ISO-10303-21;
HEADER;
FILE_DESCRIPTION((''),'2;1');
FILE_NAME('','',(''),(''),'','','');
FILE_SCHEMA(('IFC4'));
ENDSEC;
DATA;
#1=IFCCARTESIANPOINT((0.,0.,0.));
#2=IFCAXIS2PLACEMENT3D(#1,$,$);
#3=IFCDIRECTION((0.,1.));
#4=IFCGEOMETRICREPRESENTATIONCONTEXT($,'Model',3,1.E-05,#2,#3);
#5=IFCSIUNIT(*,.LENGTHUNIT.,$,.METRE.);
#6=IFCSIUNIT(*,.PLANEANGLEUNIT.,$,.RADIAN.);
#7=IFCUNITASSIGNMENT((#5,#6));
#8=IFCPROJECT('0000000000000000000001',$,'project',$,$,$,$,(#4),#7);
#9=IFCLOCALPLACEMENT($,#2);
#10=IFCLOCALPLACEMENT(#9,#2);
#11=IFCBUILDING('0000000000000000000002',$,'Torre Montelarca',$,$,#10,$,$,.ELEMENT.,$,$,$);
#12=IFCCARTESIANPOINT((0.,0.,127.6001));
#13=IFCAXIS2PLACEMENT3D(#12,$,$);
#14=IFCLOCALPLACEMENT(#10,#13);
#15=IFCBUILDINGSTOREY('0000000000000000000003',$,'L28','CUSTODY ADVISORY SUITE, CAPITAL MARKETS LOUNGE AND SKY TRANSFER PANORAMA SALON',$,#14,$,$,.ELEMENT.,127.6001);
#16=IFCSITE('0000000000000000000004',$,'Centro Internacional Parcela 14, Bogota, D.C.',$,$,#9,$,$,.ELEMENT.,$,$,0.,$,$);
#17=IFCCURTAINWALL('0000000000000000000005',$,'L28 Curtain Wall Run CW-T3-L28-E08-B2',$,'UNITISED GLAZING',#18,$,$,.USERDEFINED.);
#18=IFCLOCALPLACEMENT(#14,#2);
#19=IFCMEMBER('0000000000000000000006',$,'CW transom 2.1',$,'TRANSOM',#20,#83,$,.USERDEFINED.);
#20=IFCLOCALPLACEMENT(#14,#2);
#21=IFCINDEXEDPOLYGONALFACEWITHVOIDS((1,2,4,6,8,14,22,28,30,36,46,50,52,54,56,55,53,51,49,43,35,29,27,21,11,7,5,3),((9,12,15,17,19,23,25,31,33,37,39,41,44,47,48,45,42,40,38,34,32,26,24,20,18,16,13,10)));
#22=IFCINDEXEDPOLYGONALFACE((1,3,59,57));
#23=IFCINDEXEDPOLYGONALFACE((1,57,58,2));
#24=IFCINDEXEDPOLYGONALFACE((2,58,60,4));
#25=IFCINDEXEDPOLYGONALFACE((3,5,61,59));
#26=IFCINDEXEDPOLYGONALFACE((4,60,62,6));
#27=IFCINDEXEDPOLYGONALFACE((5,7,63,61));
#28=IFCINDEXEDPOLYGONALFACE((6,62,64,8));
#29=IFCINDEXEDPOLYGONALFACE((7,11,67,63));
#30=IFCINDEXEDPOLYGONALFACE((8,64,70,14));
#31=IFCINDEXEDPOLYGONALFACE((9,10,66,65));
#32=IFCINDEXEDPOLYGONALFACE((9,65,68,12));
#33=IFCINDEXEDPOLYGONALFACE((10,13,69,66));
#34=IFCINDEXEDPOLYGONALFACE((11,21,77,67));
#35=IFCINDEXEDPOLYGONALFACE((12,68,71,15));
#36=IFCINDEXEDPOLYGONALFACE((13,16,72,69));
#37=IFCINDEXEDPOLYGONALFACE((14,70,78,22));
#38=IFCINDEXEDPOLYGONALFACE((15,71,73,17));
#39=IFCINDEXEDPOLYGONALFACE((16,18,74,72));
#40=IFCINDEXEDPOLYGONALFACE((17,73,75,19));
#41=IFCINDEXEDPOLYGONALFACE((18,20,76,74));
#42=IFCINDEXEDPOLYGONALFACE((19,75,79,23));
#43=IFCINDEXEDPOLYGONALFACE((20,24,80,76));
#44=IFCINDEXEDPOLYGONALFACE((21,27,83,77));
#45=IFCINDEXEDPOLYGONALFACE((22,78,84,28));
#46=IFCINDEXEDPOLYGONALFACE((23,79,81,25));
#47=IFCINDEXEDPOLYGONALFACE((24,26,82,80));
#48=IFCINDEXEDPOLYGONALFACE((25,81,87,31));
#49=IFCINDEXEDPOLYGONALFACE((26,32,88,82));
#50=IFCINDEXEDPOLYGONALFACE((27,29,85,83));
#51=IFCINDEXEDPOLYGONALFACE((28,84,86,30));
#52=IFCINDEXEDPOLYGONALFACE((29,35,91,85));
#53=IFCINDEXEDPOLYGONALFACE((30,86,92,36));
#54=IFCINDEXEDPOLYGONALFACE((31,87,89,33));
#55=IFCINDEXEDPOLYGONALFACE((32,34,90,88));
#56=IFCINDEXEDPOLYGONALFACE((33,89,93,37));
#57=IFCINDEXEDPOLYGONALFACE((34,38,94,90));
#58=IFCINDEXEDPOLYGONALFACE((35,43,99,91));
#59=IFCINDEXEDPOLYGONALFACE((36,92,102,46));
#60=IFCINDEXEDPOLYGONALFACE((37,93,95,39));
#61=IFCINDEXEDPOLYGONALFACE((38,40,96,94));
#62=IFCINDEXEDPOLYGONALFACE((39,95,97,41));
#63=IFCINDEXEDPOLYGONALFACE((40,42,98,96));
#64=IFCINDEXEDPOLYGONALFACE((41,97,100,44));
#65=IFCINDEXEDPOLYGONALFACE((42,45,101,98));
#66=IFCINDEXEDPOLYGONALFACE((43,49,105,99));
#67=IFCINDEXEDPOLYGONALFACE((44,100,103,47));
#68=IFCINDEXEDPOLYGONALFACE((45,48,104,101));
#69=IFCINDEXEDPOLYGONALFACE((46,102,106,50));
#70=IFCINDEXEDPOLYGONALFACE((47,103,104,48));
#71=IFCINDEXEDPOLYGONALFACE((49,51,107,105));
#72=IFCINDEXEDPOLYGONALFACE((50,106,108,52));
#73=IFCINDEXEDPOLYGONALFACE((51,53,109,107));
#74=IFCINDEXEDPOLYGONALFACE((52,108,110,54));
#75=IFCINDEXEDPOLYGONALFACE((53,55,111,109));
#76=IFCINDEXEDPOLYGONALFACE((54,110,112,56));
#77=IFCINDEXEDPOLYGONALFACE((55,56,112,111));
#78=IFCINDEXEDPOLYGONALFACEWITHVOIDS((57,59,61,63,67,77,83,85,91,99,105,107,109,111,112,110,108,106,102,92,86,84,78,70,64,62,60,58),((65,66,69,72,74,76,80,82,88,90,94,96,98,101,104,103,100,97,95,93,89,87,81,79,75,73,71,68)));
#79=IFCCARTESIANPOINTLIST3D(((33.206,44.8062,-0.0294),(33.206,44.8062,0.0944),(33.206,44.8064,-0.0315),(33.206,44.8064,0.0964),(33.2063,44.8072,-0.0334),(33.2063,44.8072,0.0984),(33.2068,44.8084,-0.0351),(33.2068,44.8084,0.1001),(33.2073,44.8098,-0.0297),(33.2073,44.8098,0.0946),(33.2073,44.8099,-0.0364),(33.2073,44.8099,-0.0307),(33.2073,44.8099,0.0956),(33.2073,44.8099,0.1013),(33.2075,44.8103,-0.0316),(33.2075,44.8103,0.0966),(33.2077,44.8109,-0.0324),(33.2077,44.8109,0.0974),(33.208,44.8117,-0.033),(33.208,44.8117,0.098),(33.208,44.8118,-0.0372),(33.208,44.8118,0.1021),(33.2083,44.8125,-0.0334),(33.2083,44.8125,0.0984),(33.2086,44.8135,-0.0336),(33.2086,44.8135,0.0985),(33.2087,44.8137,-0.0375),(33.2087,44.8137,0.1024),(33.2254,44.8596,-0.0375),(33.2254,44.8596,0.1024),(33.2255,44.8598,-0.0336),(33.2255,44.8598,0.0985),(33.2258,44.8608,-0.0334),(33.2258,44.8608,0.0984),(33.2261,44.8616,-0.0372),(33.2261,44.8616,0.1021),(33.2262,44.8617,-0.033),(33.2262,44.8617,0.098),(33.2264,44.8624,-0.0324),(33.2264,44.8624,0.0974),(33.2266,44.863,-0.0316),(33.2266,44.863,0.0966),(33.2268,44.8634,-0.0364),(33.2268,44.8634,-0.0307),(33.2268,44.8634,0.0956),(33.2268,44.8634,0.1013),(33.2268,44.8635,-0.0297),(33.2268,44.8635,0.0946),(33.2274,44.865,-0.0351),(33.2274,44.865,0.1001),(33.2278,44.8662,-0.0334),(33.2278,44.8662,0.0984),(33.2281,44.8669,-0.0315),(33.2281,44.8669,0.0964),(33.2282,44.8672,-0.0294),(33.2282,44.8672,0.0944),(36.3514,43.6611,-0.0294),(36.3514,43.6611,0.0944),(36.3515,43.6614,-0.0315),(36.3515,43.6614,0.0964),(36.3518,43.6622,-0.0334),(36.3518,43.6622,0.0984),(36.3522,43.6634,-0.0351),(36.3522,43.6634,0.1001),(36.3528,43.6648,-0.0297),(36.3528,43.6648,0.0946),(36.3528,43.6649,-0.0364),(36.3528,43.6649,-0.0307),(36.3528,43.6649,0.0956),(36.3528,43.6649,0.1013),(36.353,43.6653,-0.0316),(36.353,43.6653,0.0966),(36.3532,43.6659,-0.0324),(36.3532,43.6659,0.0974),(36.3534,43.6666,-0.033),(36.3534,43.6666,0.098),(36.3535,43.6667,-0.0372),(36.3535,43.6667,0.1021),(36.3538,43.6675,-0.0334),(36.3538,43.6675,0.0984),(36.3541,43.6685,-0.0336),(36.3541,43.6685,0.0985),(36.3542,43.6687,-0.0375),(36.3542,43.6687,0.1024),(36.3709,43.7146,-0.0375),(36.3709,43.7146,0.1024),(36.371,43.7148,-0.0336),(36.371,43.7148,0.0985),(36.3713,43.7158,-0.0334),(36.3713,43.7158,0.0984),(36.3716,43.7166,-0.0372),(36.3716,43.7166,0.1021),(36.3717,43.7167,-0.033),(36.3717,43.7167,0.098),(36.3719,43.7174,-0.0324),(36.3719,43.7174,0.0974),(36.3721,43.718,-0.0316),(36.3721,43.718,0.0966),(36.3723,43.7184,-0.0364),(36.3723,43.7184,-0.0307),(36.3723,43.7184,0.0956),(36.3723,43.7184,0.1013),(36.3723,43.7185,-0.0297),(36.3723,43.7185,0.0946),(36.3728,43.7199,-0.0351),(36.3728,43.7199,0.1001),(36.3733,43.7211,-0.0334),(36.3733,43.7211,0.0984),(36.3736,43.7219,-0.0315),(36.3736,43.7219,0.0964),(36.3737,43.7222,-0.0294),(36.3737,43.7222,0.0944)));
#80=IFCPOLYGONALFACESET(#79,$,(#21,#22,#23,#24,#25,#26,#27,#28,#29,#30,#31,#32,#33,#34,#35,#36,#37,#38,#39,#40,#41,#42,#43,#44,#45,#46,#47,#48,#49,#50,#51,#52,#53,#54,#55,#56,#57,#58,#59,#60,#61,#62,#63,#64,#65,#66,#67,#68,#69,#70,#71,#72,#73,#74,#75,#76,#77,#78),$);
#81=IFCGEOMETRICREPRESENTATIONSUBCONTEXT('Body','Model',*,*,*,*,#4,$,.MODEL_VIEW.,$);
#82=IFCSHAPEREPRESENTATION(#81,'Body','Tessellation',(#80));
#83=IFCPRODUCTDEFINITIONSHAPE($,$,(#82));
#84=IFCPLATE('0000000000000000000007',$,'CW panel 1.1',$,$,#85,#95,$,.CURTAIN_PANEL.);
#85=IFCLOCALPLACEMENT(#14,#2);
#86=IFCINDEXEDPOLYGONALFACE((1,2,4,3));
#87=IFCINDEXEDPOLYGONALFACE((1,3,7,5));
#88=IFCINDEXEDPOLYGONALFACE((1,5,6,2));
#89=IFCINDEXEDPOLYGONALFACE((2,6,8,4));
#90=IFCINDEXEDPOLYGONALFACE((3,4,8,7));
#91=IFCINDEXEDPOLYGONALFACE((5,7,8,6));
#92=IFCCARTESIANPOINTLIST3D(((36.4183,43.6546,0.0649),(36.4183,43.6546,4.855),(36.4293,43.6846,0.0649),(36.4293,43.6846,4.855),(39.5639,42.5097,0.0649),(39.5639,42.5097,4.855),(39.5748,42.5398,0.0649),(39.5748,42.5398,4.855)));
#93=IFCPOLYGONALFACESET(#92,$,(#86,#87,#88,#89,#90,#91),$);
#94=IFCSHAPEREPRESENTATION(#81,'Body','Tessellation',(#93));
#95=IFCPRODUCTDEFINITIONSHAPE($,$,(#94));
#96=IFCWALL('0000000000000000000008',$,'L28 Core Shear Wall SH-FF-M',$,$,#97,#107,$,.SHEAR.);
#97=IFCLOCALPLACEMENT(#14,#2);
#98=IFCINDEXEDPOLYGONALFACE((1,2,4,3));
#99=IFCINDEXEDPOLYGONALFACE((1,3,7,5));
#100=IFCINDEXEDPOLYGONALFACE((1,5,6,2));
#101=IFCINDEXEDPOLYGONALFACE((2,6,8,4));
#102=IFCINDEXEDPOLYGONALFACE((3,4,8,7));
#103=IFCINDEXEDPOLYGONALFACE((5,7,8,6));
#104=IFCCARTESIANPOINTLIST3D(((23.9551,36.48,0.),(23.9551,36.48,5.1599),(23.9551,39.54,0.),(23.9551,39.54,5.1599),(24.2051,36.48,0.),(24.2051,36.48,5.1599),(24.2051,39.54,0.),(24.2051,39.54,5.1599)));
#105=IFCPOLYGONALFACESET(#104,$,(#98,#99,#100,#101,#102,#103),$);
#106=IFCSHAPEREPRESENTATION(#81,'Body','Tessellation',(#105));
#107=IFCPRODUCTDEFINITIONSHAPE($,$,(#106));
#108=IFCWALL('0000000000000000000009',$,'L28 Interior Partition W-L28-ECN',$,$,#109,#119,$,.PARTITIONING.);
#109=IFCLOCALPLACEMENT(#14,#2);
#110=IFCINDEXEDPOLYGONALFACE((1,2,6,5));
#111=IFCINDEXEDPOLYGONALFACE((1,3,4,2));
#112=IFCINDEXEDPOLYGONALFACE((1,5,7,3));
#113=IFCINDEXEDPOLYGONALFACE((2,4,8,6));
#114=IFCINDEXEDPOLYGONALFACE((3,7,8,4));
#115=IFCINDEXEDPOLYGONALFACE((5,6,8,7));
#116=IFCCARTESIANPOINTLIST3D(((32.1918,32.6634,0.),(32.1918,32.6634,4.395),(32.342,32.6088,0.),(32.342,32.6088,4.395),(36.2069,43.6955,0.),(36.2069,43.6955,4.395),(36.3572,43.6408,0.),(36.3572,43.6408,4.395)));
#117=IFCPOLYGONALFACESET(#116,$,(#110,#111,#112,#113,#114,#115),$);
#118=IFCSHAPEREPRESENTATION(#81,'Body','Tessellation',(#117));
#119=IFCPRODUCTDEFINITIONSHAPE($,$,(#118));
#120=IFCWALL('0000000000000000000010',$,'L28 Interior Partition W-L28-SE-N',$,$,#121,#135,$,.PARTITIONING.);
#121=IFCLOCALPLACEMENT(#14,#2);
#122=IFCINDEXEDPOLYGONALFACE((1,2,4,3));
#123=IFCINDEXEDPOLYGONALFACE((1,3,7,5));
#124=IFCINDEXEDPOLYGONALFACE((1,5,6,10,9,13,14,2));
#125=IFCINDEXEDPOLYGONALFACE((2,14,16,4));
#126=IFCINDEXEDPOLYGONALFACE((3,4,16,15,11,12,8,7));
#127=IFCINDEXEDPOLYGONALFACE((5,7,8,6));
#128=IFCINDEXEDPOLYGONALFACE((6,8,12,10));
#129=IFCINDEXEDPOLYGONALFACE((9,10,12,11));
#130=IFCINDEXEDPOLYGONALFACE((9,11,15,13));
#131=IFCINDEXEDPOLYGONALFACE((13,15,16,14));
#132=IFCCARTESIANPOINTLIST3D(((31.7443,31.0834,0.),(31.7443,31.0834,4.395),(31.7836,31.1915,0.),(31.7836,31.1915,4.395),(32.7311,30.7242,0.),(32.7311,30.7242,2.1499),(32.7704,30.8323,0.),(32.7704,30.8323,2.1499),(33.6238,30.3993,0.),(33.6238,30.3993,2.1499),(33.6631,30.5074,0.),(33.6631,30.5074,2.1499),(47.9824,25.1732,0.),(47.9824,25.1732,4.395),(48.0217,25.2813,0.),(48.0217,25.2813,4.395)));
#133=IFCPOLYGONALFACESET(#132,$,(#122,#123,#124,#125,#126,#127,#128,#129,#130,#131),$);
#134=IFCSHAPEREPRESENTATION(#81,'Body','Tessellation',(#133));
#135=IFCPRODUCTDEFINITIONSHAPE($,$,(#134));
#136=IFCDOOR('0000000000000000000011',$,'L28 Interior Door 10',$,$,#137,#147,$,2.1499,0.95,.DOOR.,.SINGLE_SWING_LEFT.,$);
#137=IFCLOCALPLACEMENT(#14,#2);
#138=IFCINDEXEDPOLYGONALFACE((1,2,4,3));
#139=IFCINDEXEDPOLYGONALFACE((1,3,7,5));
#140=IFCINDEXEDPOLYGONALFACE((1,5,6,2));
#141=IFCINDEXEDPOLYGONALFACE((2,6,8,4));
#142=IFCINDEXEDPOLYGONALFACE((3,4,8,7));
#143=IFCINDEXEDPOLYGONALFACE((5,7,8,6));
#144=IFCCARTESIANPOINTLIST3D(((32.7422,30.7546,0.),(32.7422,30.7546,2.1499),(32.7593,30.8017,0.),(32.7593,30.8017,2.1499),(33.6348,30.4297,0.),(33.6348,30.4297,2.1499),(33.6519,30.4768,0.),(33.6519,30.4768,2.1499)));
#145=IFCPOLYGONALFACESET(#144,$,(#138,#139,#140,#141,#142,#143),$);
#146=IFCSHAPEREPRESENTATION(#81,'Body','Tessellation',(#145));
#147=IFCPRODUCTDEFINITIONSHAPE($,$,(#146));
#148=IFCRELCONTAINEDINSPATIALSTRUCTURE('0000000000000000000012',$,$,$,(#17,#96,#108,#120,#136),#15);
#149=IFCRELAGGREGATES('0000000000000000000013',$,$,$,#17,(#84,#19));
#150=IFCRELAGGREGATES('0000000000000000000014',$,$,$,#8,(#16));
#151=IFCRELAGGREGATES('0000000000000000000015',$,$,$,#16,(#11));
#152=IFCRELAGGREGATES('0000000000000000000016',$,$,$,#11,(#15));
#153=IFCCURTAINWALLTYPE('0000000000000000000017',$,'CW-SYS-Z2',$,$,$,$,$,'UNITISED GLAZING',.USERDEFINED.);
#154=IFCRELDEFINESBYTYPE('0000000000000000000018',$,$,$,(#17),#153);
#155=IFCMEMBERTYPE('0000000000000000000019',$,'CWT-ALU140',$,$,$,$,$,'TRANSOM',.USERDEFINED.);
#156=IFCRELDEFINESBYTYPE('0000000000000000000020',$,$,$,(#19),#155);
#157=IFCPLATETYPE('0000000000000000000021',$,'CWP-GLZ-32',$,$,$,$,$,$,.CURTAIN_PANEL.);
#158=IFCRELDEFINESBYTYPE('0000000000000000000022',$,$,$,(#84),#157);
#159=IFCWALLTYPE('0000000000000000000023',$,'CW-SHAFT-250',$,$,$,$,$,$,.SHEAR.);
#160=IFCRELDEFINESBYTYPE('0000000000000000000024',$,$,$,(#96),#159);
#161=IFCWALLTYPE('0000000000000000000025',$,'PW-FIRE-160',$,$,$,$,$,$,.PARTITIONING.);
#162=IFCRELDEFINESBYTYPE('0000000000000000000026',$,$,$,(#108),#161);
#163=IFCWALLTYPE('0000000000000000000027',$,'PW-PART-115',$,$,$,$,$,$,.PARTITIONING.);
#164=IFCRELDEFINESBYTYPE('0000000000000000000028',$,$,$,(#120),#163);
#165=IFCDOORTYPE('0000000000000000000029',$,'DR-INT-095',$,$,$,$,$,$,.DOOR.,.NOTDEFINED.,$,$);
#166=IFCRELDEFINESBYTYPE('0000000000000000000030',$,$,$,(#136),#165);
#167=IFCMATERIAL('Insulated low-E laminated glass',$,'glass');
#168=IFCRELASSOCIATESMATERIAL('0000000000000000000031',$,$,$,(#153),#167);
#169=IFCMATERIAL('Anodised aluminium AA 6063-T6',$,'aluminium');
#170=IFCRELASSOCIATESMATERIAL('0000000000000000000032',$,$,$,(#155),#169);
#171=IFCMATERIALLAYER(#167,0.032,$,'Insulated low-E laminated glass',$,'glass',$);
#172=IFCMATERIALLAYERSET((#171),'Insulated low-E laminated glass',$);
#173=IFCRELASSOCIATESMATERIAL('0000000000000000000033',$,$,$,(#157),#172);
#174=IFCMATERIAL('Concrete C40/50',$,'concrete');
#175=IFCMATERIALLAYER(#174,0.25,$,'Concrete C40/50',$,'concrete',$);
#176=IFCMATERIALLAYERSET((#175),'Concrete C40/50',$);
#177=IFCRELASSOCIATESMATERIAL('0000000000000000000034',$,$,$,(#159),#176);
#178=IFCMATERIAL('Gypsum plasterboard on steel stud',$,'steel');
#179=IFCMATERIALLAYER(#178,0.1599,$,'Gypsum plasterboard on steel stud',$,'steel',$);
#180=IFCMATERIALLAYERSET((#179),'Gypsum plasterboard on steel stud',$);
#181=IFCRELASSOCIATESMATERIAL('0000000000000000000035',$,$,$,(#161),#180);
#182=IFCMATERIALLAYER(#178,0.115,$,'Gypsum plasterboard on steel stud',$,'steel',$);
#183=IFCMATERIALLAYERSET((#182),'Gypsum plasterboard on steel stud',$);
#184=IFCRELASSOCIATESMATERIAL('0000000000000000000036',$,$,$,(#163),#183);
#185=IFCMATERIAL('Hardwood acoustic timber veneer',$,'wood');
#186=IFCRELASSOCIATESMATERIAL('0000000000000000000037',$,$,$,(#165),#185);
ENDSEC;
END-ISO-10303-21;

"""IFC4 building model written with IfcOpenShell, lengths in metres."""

from ifc_helpers import new_model, si_unit, direction, frame, frame_2d, origin, origin_2d, place, context, subcontext, project, spatial, rectangle, hollow_rectangle, extrude, source, transform, mapped, material, layer, layer_set, material_profile, profile_set, type_object, element, fill, aggregate, save


model = new_model("IFC4")

# Units and contexts
model_context = context("Model", 3, precision=1e-05, world=origin(), true_north=direction((0.0, 1.0)))
body_context = subcontext(model_context, "Body", "Model", "MODEL_VIEW")
ifc_project = project(units=[si_unit("LENGTHUNIT", "METRE"), si_unit("PLANEANGLEUNIT", "RADIAN")], contexts=[model_context])

# Site, building, storey
site_placement = place(None, origin())
site = spatial("IfcSite", under=ifc_project, at=site_placement, Name="Centro Internacional Parcela 14, Bogota, D.C.", CompositionType="ELEMENT", RefElevation=0.0)
building_placement = place(site_placement, origin())
building = spatial("IfcBuilding", under=site, at=building_placement, Name="Torre Montelarca", CompositionType="ELEMENT")
storey_placement = place(building_placement, frame((0.0, 0.0, 127.6001)))
storey = spatial("IfcBuildingStorey", under=building, at=storey_placement, Name="L28", Description="CUSTODY ADVISORY SUITE, CAPITAL MARKETS LOUNGE AND SKY TRANSFER PANORAMA SALON", CompositionType="ELEMENT", Elevation=127.6001)

# Curtain wall, member, plate
ifc_material_1 = material(Name="Insulated low-E laminated glass", Category="glass")
curtain_wall_type = type_object("IfcCurtainWallType", Name="CW-SYS-Z2", ElementType="UNITISED GLAZING", PredefinedType="USERDEFINED", material=ifc_material_1)
curtain_wall_placement = place(storey_placement, origin())
curtain_wall = element("IfcCurtainWall", 1, at=curtain_wall_placement, inside=storey, type_object=curtain_wall_type, Name="L28 Curtain Wall Run CW-T3-L28-E08-B2", ObjectType="UNITISED GLAZING", PredefinedType="USERDEFINED")
ifc_material_2 = material(Name="Anodised aluminium AA 6063-T6", Category="aluminium")
ifc_material_profile_1 = material_profile(ifc_material_2, hollow_rectangle(XDim=0.0649, YDim=0.1399, WallThickness=0.0039, InnerFilletRadius=0.0039, OuterFilletRadius=0.0081, at=origin_2d()), Name="ALU65X140X4", Category="aluminium")
ifc_profile_set_1 = profile_set([ifc_material_profile_1], Name="Anodised aluminium AA 6063-T6")
member_type_1 = type_object("IfcMemberType", Name="CWT-ALU140", ElementType="TRANSOM", PredefinedType="USERDEFINED", material=ifc_profile_set_1)
shared_shape_1 = source(origin(), body_context, "Body", "SweptSolid", [
    extrude(hollow_rectangle(XDim=0.0649, YDim=0.1399, WallThickness=0.0039, InnerFilletRadius=0.0039, OuterFilletRadius=0.0081, at=origin_2d()), origin(), (0.0, 0.0, 1.0), 3.3474),
])
member_1_placement = place(storey_placement, frame((36.3625, 43.6917, 0.0325), z_axis=(-0.939678, 0.342059, 0.0), x_axis=(-0.342059, -0.939678, 0.0)))
member_1 = element("IfcMember", 2, at=member_1_placement, type_object=member_type_1, Name="CW transom 2.1", ObjectType="TRANSOM", PredefinedType="USERDEFINED", context=body_context, shape_type="MappedRepresentation", body=[
    mapped(shared_shape_1, transform((0.0, 0.0, 0.0), scale=1.0)),
])
ifc_layer_1 = layer(ifc_material_1, 0.032, Name="Insulated low-E laminated glass", Category="glass")
ifc_layer_set_1 = layer_set([ifc_layer_1], Name="Insulated low-E laminated glass")
plate_type = type_object("IfcPlateType", Name="CWP-GLZ-32", PredefinedType="CURTAIN_PANEL", material=ifc_layer_set_1)
shared_shape_2 = source(origin(), body_context, "Body", "SweptSolid", [
    extrude(rectangle(XDim=3.3474, YDim=0.032, at=origin_2d()), origin(), (0.0, 0.0, 1.0), 4.79),
])
plate_placement = place(storey_placement, frame((37.9966, 43.0972, 0.0649), z_axis=(0.0, 0.0, 1.0), x_axis=(-0.939694, 0.342017, 0.0)))
plate = element("IfcPlate", 3, at=plate_placement, type_object=plate_type, Name="CW panel 1.1", PredefinedType="CURTAIN_PANEL", context=body_context, shape_type="MappedRepresentation", body=[
    mapped(shared_shape_2, transform((0.0, 0.0, 0.0), scale=1.0)),
])
aggregate(curtain_wall, [plate, member_1])

# Walls
ifc_material_3 = material(Name="Concrete C40/50", Category="concrete")
ifc_layer_2 = layer(ifc_material_3, 0.25, Name="Concrete C40/50", Category="concrete")
ifc_layer_set_2 = layer_set([ifc_layer_2], Name="Concrete C40/50")
wall_type_1 = type_object("IfcWallType", Name="CW-SHAFT-250", PredefinedType="SHEAR", material=ifc_layer_set_2)
wall_1_placement = place(storey_placement, frame((24.0801, 36.48, 0.0), z_axis=(0.0, 0.0, 1.0), x_axis=(0.0, 1.0, 0.0)))
element("IfcWall", 4, at=wall_1_placement, inside=storey, type_object=wall_type_1, Name="L28 Core Shear Wall SH-FF-M", PredefinedType="SHEAR", context=body_context, shape_type="SweptSolid", body=[
    extrude(rectangle(XDim=3.0601, YDim=0.25, at=frame_2d((1.53, 0.0))), origin(), (0.0, 0.0, 1.0), 5.1599),
])
ifc_material_4 = material(Name="Gypsum plasterboard on steel stud", Category="steel")
ifc_layer_3 = layer(ifc_material_4, 0.1599, Name="Gypsum plasterboard on steel stud", Category="steel")
ifc_layer_set_3 = layer_set([ifc_layer_3], Name="Gypsum plasterboard on steel stud")
wall_type_2 = type_object("IfcWallType", Name="PW-FIRE-160", PredefinedType="PARTITIONING", material=ifc_layer_set_3)
wall_2_placement = place(storey_placement, frame((32.2668, 32.636, 0.0), z_axis=(0.0, 0.0, 1.0), x_axis=(0.342007, 0.939697, 0.0)))
element("IfcWall", 5, at=wall_2_placement, inside=storey, type_object=wall_type_2, Name="L28 Interior Partition W-L28-ECN", PredefinedType="PARTITIONING", context=body_context, shape_type="SweptSolid", body=[
    extrude(rectangle(XDim=11.74, YDim=0.1599, at=frame_2d((5.8701, 0.0))), origin(), (0.0, 0.0, 1.0), 4.395),
])

# Wall, opening, door
ifc_layer_4 = layer(ifc_material_4, 0.115, Name="Gypsum plasterboard on steel stud", Category="steel")
ifc_layer_set_4 = layer_set([ifc_layer_4], Name="Gypsum plasterboard on steel stud")
wall_type_3 = type_object("IfcWallType", Name="PW-PART-115", PredefinedType="PARTITIONING", material=ifc_layer_set_4)
wall_3_placement = place(storey_placement, frame((31.7639, 31.1375, 0.0), z_axis=(0.0, 0.0, 1.0), x_axis=(0.939693, -0.34202, 0.0)))
wall_3 = element("IfcWall", 6, at=wall_3_placement, inside=storey, type_object=wall_type_3, Name="L28 Interior Partition W-L28-SE-N", PredefinedType="PARTITIONING", context=body_context, shape_type="SweptSolid", body=[
    extrude(rectangle(XDim=17.2803, YDim=0.115, at=frame_2d((8.6401, 0.0))), origin(), (0.0, 0.0, 1.0), 4.395),
])
opening_1_placement = place(wall_3_placement, frame((1.05, 0.0, 0.0)))
opening_1 = element("IfcOpeningElement", 7, at=opening_1_placement, cuts=wall_3, PredefinedType="OPENING", context=body_context, shape_type="SweptSolid", body=[
    extrude(rectangle(XDim=0.95, YDim=2.1499, at=frame_2d((0.4751, 1.075))), frame((0.0, 0.0674, 0.0), z_axis=(0.0, -1.0, 0.0), x_axis=(1.0, 0.0, 0.0)), (0.0, 0.0, 1.0), 0.135),
])
ifc_material_5 = material(Name="Hardwood acoustic timber veneer", Category="wood")
door_type = type_object("IfcDoorType", Name="DR-INT-095", OperationType="NOTDEFINED", PredefinedType="DOOR", material=ifc_material_5)
shared_shape_3 = source(origin(), body_context, "Body", "SweptSolid", [
    extrude(rectangle(XDim=0.95, YDim=2.1499, at=frame_2d((0.4751, 1.075))), frame((0.0, 0.0249, 0.0), z_axis=(0.0, -1.0, 0.0), x_axis=(1.0, 0.0, 0.0)), (0.0, 0.0, 1.0), 0.05),
])
door_1_placement = place(opening_1_placement, origin())
door_1 = element("IfcDoor", 8, at=door_1_placement, inside=storey, type_object=door_type, Name="L28 Interior Door 10", OperationType="SINGLE_SWING_LEFT", OverallHeight=2.1499, OverallWidth=0.95, PredefinedType="DOOR", context=body_context, shape_type="MappedRepresentation", body=[
    mapped(shared_shape_3, transform((0.0, 0.0, 0.0), scale=1.0)),
])
fill(opening_1, door_1)

save(model, "model.ifc")
